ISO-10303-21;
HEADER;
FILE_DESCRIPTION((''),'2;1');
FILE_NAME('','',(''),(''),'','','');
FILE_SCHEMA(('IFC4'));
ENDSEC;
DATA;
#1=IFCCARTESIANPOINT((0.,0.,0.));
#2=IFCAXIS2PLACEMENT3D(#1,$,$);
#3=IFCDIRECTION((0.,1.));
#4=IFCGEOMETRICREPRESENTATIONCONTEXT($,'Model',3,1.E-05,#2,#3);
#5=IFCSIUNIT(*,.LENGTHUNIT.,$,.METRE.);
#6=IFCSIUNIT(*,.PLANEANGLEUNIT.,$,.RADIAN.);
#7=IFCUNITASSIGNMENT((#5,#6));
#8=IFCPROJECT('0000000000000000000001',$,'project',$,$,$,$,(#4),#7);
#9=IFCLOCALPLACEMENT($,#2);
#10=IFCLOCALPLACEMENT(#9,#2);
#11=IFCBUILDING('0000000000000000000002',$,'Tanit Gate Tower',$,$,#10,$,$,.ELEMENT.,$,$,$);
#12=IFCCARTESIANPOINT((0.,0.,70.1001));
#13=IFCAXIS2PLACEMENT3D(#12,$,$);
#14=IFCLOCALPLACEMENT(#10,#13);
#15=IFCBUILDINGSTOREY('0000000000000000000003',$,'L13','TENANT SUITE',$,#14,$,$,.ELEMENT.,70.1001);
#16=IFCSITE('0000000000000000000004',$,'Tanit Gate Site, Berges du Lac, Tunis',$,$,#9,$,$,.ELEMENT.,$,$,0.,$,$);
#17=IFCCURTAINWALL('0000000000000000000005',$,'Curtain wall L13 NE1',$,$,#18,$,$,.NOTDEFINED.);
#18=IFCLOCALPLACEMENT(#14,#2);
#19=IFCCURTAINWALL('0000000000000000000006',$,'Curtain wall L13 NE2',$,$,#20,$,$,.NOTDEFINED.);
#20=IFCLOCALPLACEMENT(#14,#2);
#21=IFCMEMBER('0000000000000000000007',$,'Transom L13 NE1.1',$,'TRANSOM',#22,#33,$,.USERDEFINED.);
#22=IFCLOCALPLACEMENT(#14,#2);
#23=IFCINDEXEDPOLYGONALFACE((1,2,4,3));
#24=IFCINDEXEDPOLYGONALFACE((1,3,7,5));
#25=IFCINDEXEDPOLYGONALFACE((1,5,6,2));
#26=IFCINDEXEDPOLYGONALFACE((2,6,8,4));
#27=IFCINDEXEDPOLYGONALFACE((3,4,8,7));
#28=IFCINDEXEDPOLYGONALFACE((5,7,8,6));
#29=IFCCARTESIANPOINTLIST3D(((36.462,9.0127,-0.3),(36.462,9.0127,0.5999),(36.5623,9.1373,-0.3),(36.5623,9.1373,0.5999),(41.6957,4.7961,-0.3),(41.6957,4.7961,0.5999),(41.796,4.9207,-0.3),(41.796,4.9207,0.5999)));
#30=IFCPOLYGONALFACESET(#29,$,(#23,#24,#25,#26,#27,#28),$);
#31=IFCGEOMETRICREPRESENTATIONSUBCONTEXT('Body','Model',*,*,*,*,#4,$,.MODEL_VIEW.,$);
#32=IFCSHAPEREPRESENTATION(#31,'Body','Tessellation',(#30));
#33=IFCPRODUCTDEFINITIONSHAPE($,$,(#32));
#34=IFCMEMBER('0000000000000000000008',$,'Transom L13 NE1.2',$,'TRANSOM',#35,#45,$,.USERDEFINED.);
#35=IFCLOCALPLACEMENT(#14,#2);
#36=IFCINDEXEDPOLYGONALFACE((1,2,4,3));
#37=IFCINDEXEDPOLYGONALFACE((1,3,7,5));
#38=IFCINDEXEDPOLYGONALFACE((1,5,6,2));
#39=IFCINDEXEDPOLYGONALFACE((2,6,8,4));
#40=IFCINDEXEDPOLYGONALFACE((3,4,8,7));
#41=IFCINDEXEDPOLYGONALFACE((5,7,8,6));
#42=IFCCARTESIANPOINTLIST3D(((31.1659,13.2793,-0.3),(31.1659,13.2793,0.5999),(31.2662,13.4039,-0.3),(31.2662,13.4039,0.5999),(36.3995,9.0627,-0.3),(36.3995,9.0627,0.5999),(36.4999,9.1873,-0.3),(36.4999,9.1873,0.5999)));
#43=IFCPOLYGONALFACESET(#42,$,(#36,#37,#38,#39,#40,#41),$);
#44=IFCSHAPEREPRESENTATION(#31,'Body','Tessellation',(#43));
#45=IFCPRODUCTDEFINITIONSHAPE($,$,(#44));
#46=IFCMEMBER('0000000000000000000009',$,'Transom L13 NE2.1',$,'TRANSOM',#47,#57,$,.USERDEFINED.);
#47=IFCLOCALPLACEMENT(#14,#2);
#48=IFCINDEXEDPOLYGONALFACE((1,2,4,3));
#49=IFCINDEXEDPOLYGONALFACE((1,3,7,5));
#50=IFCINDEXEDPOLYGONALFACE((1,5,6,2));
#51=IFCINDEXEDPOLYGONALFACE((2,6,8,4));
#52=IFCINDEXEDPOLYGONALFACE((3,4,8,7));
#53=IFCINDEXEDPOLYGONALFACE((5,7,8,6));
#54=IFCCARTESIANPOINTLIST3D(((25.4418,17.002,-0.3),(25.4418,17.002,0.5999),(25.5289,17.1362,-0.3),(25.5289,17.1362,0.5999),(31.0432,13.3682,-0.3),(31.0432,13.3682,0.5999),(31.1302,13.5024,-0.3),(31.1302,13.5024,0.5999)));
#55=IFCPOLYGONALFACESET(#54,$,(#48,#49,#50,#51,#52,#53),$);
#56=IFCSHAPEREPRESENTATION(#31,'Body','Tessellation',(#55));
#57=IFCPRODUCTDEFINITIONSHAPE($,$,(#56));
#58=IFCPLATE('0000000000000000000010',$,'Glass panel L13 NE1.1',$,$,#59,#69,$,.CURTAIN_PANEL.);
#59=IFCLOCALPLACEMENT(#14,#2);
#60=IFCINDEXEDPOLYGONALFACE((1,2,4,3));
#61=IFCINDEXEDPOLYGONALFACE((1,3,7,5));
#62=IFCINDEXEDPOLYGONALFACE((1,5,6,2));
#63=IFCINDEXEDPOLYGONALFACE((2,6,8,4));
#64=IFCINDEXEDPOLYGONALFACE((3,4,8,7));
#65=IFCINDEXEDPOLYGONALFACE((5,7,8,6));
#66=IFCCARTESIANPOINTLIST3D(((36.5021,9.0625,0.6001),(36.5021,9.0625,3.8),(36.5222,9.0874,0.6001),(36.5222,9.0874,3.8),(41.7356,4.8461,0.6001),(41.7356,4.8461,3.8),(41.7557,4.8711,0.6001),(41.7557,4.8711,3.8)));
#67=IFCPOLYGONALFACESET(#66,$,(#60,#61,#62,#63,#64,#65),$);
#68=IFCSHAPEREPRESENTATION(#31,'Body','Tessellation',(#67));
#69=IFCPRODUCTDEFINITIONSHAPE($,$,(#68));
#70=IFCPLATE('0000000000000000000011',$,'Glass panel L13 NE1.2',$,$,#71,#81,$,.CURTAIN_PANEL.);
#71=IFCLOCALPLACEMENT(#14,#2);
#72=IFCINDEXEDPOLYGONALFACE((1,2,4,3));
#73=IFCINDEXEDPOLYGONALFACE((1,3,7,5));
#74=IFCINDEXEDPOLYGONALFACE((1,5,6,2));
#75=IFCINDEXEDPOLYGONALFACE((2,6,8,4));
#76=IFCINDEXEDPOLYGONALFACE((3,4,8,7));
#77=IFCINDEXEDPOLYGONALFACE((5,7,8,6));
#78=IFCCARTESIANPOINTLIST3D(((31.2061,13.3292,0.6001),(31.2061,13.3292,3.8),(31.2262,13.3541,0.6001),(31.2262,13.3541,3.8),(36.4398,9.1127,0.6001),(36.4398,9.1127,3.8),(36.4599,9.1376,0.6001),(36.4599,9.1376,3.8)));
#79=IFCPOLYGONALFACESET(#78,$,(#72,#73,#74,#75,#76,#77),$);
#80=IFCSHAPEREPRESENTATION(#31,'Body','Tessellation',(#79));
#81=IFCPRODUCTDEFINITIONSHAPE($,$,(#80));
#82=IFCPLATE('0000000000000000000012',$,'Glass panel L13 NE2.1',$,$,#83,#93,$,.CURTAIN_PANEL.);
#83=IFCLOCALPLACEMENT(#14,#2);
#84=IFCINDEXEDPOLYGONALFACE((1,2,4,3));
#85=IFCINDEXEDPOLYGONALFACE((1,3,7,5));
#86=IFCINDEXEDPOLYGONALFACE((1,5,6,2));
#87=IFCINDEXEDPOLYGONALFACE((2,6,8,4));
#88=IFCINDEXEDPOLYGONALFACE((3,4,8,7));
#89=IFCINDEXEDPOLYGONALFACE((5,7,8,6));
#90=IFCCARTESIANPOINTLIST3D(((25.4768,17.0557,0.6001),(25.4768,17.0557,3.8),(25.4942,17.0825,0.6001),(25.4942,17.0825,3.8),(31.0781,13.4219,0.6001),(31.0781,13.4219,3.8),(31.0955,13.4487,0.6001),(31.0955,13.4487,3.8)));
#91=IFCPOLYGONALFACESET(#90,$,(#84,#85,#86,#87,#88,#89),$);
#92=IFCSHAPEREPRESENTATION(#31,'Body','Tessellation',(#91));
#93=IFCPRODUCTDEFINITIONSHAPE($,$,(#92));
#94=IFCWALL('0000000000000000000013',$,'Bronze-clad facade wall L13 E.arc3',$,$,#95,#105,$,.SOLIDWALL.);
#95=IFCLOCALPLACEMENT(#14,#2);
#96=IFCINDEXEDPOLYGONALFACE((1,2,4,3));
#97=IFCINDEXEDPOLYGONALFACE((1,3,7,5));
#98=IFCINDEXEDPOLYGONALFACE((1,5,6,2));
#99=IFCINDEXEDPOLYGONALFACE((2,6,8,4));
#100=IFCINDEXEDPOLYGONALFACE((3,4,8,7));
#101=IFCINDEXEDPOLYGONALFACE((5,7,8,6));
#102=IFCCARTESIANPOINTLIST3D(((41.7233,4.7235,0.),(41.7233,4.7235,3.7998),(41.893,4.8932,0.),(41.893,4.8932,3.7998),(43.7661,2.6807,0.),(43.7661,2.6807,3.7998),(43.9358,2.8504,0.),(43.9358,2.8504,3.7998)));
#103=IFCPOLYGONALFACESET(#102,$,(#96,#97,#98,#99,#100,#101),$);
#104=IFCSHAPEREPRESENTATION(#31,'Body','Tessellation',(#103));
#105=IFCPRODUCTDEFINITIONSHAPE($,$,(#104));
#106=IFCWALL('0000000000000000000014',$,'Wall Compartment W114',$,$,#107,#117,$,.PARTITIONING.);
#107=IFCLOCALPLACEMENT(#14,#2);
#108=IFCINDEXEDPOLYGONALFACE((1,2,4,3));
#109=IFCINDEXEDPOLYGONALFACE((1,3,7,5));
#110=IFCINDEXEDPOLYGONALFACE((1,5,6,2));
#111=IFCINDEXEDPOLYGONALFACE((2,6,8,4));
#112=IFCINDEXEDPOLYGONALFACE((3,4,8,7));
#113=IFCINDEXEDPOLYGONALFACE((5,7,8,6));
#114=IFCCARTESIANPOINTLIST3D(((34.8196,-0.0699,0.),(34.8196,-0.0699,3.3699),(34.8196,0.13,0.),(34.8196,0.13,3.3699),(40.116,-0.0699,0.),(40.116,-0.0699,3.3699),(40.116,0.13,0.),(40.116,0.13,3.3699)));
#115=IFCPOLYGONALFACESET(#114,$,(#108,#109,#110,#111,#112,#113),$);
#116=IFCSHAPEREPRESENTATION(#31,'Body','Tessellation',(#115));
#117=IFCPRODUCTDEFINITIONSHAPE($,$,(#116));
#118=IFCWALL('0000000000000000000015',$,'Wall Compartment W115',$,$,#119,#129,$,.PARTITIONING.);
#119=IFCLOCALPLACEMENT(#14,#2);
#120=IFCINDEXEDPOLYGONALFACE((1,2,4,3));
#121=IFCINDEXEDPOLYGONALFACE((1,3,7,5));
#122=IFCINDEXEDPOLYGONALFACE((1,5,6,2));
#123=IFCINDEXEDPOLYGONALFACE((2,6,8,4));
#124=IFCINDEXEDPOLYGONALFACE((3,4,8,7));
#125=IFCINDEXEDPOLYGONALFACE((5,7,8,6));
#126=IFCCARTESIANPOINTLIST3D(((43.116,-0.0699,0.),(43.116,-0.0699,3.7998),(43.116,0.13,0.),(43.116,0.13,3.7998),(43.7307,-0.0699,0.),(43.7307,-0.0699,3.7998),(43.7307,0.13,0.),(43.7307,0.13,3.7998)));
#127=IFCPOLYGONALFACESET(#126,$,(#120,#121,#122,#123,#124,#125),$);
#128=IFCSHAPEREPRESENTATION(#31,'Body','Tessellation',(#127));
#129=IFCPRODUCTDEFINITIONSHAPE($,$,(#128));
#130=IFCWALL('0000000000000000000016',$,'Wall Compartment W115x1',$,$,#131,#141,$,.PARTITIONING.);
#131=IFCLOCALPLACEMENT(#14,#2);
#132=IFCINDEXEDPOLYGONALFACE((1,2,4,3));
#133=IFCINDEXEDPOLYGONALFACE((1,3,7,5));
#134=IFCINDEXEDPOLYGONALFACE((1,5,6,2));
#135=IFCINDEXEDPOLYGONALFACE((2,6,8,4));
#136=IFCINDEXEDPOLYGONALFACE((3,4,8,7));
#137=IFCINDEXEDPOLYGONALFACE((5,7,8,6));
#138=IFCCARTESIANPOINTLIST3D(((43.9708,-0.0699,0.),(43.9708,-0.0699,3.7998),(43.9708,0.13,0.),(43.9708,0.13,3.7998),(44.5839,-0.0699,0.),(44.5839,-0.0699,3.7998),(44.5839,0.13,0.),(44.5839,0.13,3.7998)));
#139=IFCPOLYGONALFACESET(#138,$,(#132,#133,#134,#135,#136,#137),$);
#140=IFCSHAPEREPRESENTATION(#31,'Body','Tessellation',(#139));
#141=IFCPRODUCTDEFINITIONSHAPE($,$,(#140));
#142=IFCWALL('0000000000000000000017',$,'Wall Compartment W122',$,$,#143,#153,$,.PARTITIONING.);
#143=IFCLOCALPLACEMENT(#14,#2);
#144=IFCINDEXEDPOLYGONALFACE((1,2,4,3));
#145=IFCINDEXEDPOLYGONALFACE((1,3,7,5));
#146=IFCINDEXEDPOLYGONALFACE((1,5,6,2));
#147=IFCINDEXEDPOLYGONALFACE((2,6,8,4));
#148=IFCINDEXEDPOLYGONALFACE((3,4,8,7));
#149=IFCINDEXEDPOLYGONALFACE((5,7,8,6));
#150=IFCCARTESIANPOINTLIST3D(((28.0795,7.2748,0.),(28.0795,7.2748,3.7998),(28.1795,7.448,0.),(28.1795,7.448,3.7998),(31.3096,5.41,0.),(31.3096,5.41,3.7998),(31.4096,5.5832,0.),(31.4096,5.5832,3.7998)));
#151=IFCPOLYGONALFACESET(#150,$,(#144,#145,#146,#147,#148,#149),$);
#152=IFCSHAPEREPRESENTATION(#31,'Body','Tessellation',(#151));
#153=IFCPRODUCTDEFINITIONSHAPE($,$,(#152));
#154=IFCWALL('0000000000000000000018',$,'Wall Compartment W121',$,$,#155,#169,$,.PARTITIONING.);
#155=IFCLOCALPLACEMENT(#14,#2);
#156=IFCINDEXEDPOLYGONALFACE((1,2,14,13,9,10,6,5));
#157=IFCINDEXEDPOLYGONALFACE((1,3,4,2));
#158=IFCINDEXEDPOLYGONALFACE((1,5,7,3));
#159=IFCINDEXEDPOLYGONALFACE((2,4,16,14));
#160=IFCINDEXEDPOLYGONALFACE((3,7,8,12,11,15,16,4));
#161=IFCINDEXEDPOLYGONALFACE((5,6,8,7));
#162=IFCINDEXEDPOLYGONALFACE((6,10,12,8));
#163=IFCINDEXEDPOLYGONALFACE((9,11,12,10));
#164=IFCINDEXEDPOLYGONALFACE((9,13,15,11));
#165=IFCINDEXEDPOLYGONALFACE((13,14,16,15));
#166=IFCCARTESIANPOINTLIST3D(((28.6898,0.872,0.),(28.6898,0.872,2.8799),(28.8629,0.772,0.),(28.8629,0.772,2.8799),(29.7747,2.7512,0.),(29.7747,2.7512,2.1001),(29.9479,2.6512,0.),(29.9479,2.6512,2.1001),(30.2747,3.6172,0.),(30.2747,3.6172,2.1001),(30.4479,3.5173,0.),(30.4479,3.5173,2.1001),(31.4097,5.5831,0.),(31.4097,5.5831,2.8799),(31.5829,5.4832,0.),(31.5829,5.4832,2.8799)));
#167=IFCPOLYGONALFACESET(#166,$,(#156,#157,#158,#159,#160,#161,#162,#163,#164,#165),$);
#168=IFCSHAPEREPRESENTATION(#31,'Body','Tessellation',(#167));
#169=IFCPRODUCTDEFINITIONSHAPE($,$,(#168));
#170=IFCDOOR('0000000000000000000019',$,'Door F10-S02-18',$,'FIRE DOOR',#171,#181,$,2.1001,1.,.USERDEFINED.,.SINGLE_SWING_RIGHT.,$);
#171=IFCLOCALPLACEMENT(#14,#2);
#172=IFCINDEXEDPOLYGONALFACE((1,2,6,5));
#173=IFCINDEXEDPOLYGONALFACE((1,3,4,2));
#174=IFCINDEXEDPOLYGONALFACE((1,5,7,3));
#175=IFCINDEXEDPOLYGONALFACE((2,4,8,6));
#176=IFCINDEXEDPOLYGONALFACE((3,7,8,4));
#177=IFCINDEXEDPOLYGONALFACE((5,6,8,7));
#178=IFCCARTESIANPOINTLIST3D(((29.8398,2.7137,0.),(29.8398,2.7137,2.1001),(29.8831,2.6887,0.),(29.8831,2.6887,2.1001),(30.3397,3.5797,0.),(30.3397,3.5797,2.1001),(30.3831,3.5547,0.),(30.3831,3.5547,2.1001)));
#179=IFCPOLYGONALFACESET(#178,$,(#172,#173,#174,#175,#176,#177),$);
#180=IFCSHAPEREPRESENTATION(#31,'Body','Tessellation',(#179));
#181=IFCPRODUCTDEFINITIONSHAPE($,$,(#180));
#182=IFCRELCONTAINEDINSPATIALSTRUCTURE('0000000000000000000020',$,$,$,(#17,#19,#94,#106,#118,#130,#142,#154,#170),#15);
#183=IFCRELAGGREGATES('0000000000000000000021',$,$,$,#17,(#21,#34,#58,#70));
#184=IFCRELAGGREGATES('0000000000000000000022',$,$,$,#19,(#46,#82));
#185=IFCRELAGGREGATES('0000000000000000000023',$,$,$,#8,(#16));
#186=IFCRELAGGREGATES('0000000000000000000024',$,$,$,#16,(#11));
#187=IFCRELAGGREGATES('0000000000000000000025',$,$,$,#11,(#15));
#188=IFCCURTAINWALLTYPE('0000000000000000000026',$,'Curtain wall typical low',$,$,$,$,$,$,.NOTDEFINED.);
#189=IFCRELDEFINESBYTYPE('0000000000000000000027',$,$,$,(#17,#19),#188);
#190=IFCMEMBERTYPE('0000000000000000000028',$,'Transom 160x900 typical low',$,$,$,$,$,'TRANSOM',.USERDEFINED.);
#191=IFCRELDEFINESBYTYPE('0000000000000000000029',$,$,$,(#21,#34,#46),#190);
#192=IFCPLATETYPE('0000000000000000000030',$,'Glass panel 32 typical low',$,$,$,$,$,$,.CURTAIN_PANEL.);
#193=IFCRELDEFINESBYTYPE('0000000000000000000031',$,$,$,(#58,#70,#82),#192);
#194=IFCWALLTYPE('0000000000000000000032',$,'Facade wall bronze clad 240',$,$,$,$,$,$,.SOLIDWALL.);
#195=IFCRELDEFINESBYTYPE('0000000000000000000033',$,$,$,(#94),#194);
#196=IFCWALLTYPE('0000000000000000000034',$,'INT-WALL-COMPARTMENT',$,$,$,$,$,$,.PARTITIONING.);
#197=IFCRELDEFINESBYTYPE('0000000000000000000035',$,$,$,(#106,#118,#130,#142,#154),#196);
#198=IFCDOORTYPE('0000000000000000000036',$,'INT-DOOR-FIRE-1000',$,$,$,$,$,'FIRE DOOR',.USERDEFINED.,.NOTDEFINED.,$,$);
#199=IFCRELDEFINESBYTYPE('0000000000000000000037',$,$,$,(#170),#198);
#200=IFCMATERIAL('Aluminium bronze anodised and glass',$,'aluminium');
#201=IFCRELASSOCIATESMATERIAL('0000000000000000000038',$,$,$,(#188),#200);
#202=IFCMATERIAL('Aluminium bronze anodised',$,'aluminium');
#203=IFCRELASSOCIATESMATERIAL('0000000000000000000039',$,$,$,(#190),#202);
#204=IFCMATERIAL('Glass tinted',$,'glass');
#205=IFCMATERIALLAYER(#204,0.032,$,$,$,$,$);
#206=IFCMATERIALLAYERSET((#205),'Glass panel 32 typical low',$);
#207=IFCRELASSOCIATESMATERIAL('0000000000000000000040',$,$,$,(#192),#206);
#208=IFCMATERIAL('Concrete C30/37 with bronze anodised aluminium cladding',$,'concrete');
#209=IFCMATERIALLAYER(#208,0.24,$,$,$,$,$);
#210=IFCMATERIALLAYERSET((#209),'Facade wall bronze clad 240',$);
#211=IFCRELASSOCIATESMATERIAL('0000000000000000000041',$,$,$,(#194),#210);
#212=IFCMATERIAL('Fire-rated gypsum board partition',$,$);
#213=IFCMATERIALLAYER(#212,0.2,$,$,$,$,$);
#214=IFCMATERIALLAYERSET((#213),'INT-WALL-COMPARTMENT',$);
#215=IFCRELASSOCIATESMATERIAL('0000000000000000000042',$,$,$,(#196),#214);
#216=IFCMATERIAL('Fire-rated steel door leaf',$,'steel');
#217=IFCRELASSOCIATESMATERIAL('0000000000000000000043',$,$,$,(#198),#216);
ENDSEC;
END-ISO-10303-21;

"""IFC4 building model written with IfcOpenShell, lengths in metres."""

from ifc_helpers import new_model, si_unit, direction, frame, frame_2d, origin, origin_2d, place, context, subcontext, project, spatial, rectangle, extrude, material, layer, layer_set, material_profile, profile_set, type_object, element, fill, aggregate, save


model = new_model("IFC4")

# Units and contexts
model_context = context("Model", 3, precision=1e-05, world=origin(), true_north=direction((0.0, 1.0)))
body_context = subcontext(model_context, "Body", "Model", "MODEL_VIEW")
ifc_project = project(units=[si_unit("LENGTHUNIT", "METRE"), si_unit("PLANEANGLEUNIT", "RADIAN")], contexts=[model_context])

# Site, building, storey
site_placement = place(None, origin())
site = spatial("IfcSite", under=ifc_project, at=site_placement, Name="Tanit Gate Site, Berges du Lac, Tunis", CompositionType="ELEMENT", RefElevation=0.0)
building_placement = place(site_placement, origin())
building = spatial("IfcBuilding", under=site, at=building_placement, Name="Tanit Gate Tower", CompositionType="ELEMENT")
storey_placement = place(building_placement, frame((0.0, 0.0, 70.1001)))
storey = spatial("IfcBuildingStorey", under=building, at=storey_placement, Name="L13", Description="TENANT SUITE", CompositionType="ELEMENT", Elevation=70.1001)

# Curtain walls
ifc_material_1 = material(Name="Aluminium bronze anodised and glass", Category="aluminium")
curtain_wall_type = type_object("IfcCurtainWallType", Name="Curtain wall typical low", PredefinedType="NOTDEFINED", material=ifc_material_1)
curtain_wall_1_placement = place(storey_placement, origin())
curtain_wall_1 = element("IfcCurtainWall", 1, at=curtain_wall_1_placement, inside=storey, type_object=curtain_wall_type, Name="Curtain wall L13 NE1", PredefinedType="NOTDEFINED")
curtain_wall_2_placement = place(storey_placement, origin())
curtain_wall_2 = element("IfcCurtainWall", 2, at=curtain_wall_2_placement, inside=storey, type_object=curtain_wall_type, Name="Curtain wall L13 NE2", PredefinedType="NOTDEFINED")

# Members
ifc_material_2 = material(Name="Aluminium bronze anodised", Category="aluminium")
ifc_material_profile_1 = material_profile(ifc_material_2, rectangle(XDim=0.1599, YDim=0.8999, at=origin_2d()), Name="160x900 bronze transom")
ifc_profile_set_1 = profile_set([ifc_material_profile_1], Name="Aluminium bronze anodised")
member_type_1 = type_object("IfcMemberType", Name="Transom 160x900 typical low", ElementType="TRANSOM", PredefinedType="USERDEFINED", material=ifc_profile_set_1)
member_1_placement = place(storey_placement, frame((41.7458, 4.8584, 0.1499), z_axis=(-0.778713, 0.62738, 0.0), x_axis=(-0.62738, -0.778713, 0.0)))
member_1 = element("IfcMember", 3, at=member_1_placement, type_object=member_type_1, Name="Transom L13 NE1.1", ObjectType="TRANSOM", PredefinedType="USERDEFINED", context=body_context, shape_type="SweptSolid", body=[
    extrude(rectangle(XDim=0.1599, YDim=0.8999, at=origin_2d()), origin(), (0.0, 0.0, 1.0), 6.7209),
])
member_2_placement = place(storey_placement, frame((36.4497, 9.125, 0.1499), z_axis=(-0.778713, 0.62738, 0.0), x_axis=(-0.62738, -0.778713, 0.0)))
member_2 = element("IfcMember", 4, at=member_2_placement, type_object=member_type_1, Name="Transom L13 NE1.2", ObjectType="TRANSOM", PredefinedType="USERDEFINED", context=body_context, shape_type="SweptSolid", body=[
    extrude(rectangle(XDim=0.1599, YDim=0.8999, at=origin_2d()), origin(), (0.0, 0.0, 1.0), 6.7209),
])
member_3_placement = place(storey_placement, frame((31.0867, 13.4353, 0.1499), z_axis=(-0.838927, 0.544244, 0.0), x_axis=(-0.544244, -0.838927, 0.0)))
member_3 = element("IfcMember", 5, at=member_3_placement, type_object=member_type_1, Name="Transom L13 NE2.1", ObjectType="TRANSOM", PredefinedType="USERDEFINED", context=body_context, shape_type="SweptSolid", body=[
    extrude(rectangle(XDim=0.1599, YDim=0.8999, at=origin_2d()), origin(), (0.0, 0.0, 1.0), 6.6768),
])

# Plates
ifc_material_3 = material(Name="Glass tinted", Category="glass")
ifc_layer_1 = layer(ifc_material_3, 0.032)
ifc_layer_set_1 = layer_set([ifc_layer_1], Name="Glass panel 32 typical low")
plate_type = type_object("IfcPlateType", Name="Glass panel 32 typical low", PredefinedType="CURTAIN_PANEL", material=ifc_layer_set_1)
plate_1_placement = place(storey_placement, frame((39.1289, 6.9668, 0.6001), z_axis=(0.0, 0.0, 1.0), x_axis=(-0.778718, 0.627374, 0.0)))
plate_1 = element("IfcPlate", 6, at=plate_1_placement, type_object=plate_type, Name="Glass panel L13 NE1.1", PredefinedType="CURTAIN_PANEL", context=body_context, shape_type="SweptSolid", body=[
    extrude(rectangle(XDim=6.7207, YDim=0.032, at=origin_2d()), origin(), (0.0, 0.0, 1.0), 3.2),
])
plate_2_placement = place(storey_placement, frame((33.833, 11.2334, 0.6001), z_axis=(0.0, 0.0, 1.0), x_axis=(-0.778718, 0.627374, 0.0)))
plate_2 = element("IfcPlate", 7, at=plate_2_placement, type_object=plate_type, Name="Glass panel L13 NE1.2", PredefinedType="CURTAIN_PANEL", context=body_context, shape_type="SweptSolid", body=[
    extrude(rectangle(XDim=6.7209, YDim=0.032, at=origin_2d()), origin(), (0.0, 0.0, 1.0), 3.2),
])
aggregate(curtain_wall_1, [member_1, member_2, plate_1, plate_2])
plate_3_placement = place(storey_placement, frame((28.2861, 15.2522, 0.6001), z_axis=(0.0, 0.0, 1.0), x_axis=(-0.838927, 0.544243, 0.0)))
plate_3 = element("IfcPlate", 8, at=plate_3_placement, type_object=plate_type, Name="Glass panel L13 NE2.1", PredefinedType="CURTAIN_PANEL", context=body_context, shape_type="SweptSolid", body=[
    extrude(rectangle(XDim=6.6768, YDim=0.032, at=origin_2d()), origin(), (0.0, 0.0, 1.0), 3.2),
])
aggregate(curtain_wall_2, [member_3, plate_3])

# Walls
ifc_material_4 = material(Name="Concrete C30/37 with bronze anodised aluminium cladding", Category="concrete")
ifc_layer_2 = layer(ifc_material_4, 0.24)
ifc_layer_set_2 = layer_set([ifc_layer_2], Name="Facade wall bronze clad 240")
wall_type_1 = type_object("IfcWallType", Name="Facade wall bronze clad 240", PredefinedType="SOLIDWALL", material=ifc_layer_set_2)
wall_1_placement = place(storey_placement, frame((43.8508, 2.7656, 0.0), z_axis=(0.0, 0.0, 1.0), x_axis=(-0.707107, 0.707107, 0.0)))
element("IfcWall", 9, at=wall_1_placement, inside=storey, type_object=wall_type_1, Name="Bronze-clad facade wall L13 E.arc3", PredefinedType="SOLIDWALL", context=body_context, shape_type="SweptSolid", body=[
    extrude(rectangle(XDim=2.8889, YDim=0.24, at=frame_2d((1.4443, 0.0))), origin(), (0.0, 0.0, 1.0), 3.7998),
])
ifc_material_5 = material(Name="Fire-rated gypsum board partition")
ifc_layer_3 = layer(ifc_material_5, 0.2)
ifc_layer_set_3 = layer_set([ifc_layer_3], Name="INT-WALL-COMPARTMENT")
wall_type_2 = type_object("IfcWallType", Name="INT-WALL-COMPARTMENT", PredefinedType="PARTITIONING", material=ifc_layer_set_3)
wall_2_placement = place(storey_placement, frame((34.8196, 0.03, 0.0), z_axis=(0.0, 0.0, 1.0), x_axis=(1.0, 0.0, 0.0)))
element("IfcWall", 10, at=wall_2_placement, inside=storey, type_object=wall_type_2, Name="Wall Compartment W114", PredefinedType="PARTITIONING", context=body_context, shape_type="SweptSolid", body=[
    extrude(rectangle(XDim=5.2964, YDim=0.2, at=frame_2d((2.6482, 0.0))), origin(), (0.0, 0.0, 1.0), 3.3699),
])
wall_3_placement = place(storey_placement, frame((43.116, 0.03, 0.0), z_axis=(0.0, 0.0, 1.0), x_axis=(1.0, 0.0, 0.0)))
element("IfcWall", 11, at=wall_3_placement, inside=storey, type_object=wall_type_2, Name="Wall Compartment W115", PredefinedType="PARTITIONING", context=body_context, shape_type="SweptSolid", body=[
    extrude(rectangle(XDim=0.6147, YDim=0.2, at=frame_2d((0.3074, 0.0))), origin(), (0.0, 0.0, 1.0), 3.7998),
])
wall_4_placement = place(storey_placement, frame((43.9707, 0.03, 0.0), z_axis=(0.0, 0.0, 1.0), x_axis=(1.0, 0.0, 0.0)))
element("IfcWall", 12, at=wall_4_placement, inside=storey, type_object=wall_type_2, Name="Wall Compartment W115x1", PredefinedType="PARTITIONING", context=body_context, shape_type="SweptSolid", body=[
    extrude(rectangle(XDim=0.613, YDim=0.2, at=frame_2d((0.3066, 0.0))), origin(), (0.0, 0.0, 1.0), 3.7998),
])
wall_5_placement = place(storey_placement, frame((28.1296, 7.3613, 0.0), z_axis=(0.0, 0.0, 1.0), x_axis=(0.866035, -0.499983, 0.0)))
element("IfcWall", 13, at=wall_5_placement, inside=storey, type_object=wall_type_2, Name="Wall Compartment W122", PredefinedType="PARTITIONING", context=body_context, shape_type="SweptSolid", body=[
    extrude(rectangle(XDim=3.7297, YDim=0.2, at=frame_2d((1.8647, 0.0))), origin(), (0.0, 0.0, 1.0), 3.7998),
])

# Wall, opening, door
wall_6_placement = place(storey_placement, frame((28.7764, 0.822, 0.0), z_axis=(0.0, 0.0, 1.0), x_axis=(0.499996, 0.866028, 0.0)))
wall_6 = element("IfcWall", 14, at=wall_6_placement, inside=storey, type_object=wall_type_2, Name="Wall Compartment W121", PredefinedType="PARTITIONING", context=body_context, shape_type="SweptSolid", body=[
    extrude(rectangle(XDim=5.4399, YDim=0.2, at=frame_2d((2.72, 0.0))), origin(), (0.0, 0.0, 1.0), 2.8799),
])
opening_placement = place(wall_6_placement, frame((2.1699, 0.0, 0.0)))
opening = element("IfcOpeningElement", 15, at=opening_placement, cuts=wall_6, PredefinedType="OPENING", context=body_context, shape_type="SweptSolid", body=[
    extrude(rectangle(XDim=1.0, YDim=2.1001, at=frame_2d((0.5, 1.05))), frame((0.0, 0.1099, 0.0), z_axis=(0.0, -1.0, 0.0), x_axis=(1.0, 0.0, 0.0)), (0.0, 0.0, 1.0), 0.22),
])
ifc_material_6 = material(Name="Fire-rated steel door leaf", Category="steel")
door_type = type_object("IfcDoorType", Name="INT-DOOR-FIRE-1000", ElementType="FIRE DOOR", OperationType="NOTDEFINED", PredefinedType="USERDEFINED", material=ifc_material_6)
door_placement = place(opening_placement, origin())
door = element("IfcDoor", 16, at=door_placement, inside=storey, type_object=door_type, Name="Door F10-S02-18", ObjectType="FIRE DOOR", OperationType="SINGLE_SWING_RIGHT", OverallHeight=2.1001, OverallWidth=1.0, PredefinedType="USERDEFINED", context=body_context, shape_type="SweptSolid", body=[
    extrude(rectangle(XDim=1.0, YDim=2.1001, at=frame_2d((0.5, 1.05))), frame((0.0, 0.0249, 0.0), z_axis=(0.0, -1.0, 0.0), x_axis=(1.0, 0.0, 0.0)), (0.0, 0.0, 1.0), 0.05),
])
fill(opening, door)

save(model, "model.ifc")
